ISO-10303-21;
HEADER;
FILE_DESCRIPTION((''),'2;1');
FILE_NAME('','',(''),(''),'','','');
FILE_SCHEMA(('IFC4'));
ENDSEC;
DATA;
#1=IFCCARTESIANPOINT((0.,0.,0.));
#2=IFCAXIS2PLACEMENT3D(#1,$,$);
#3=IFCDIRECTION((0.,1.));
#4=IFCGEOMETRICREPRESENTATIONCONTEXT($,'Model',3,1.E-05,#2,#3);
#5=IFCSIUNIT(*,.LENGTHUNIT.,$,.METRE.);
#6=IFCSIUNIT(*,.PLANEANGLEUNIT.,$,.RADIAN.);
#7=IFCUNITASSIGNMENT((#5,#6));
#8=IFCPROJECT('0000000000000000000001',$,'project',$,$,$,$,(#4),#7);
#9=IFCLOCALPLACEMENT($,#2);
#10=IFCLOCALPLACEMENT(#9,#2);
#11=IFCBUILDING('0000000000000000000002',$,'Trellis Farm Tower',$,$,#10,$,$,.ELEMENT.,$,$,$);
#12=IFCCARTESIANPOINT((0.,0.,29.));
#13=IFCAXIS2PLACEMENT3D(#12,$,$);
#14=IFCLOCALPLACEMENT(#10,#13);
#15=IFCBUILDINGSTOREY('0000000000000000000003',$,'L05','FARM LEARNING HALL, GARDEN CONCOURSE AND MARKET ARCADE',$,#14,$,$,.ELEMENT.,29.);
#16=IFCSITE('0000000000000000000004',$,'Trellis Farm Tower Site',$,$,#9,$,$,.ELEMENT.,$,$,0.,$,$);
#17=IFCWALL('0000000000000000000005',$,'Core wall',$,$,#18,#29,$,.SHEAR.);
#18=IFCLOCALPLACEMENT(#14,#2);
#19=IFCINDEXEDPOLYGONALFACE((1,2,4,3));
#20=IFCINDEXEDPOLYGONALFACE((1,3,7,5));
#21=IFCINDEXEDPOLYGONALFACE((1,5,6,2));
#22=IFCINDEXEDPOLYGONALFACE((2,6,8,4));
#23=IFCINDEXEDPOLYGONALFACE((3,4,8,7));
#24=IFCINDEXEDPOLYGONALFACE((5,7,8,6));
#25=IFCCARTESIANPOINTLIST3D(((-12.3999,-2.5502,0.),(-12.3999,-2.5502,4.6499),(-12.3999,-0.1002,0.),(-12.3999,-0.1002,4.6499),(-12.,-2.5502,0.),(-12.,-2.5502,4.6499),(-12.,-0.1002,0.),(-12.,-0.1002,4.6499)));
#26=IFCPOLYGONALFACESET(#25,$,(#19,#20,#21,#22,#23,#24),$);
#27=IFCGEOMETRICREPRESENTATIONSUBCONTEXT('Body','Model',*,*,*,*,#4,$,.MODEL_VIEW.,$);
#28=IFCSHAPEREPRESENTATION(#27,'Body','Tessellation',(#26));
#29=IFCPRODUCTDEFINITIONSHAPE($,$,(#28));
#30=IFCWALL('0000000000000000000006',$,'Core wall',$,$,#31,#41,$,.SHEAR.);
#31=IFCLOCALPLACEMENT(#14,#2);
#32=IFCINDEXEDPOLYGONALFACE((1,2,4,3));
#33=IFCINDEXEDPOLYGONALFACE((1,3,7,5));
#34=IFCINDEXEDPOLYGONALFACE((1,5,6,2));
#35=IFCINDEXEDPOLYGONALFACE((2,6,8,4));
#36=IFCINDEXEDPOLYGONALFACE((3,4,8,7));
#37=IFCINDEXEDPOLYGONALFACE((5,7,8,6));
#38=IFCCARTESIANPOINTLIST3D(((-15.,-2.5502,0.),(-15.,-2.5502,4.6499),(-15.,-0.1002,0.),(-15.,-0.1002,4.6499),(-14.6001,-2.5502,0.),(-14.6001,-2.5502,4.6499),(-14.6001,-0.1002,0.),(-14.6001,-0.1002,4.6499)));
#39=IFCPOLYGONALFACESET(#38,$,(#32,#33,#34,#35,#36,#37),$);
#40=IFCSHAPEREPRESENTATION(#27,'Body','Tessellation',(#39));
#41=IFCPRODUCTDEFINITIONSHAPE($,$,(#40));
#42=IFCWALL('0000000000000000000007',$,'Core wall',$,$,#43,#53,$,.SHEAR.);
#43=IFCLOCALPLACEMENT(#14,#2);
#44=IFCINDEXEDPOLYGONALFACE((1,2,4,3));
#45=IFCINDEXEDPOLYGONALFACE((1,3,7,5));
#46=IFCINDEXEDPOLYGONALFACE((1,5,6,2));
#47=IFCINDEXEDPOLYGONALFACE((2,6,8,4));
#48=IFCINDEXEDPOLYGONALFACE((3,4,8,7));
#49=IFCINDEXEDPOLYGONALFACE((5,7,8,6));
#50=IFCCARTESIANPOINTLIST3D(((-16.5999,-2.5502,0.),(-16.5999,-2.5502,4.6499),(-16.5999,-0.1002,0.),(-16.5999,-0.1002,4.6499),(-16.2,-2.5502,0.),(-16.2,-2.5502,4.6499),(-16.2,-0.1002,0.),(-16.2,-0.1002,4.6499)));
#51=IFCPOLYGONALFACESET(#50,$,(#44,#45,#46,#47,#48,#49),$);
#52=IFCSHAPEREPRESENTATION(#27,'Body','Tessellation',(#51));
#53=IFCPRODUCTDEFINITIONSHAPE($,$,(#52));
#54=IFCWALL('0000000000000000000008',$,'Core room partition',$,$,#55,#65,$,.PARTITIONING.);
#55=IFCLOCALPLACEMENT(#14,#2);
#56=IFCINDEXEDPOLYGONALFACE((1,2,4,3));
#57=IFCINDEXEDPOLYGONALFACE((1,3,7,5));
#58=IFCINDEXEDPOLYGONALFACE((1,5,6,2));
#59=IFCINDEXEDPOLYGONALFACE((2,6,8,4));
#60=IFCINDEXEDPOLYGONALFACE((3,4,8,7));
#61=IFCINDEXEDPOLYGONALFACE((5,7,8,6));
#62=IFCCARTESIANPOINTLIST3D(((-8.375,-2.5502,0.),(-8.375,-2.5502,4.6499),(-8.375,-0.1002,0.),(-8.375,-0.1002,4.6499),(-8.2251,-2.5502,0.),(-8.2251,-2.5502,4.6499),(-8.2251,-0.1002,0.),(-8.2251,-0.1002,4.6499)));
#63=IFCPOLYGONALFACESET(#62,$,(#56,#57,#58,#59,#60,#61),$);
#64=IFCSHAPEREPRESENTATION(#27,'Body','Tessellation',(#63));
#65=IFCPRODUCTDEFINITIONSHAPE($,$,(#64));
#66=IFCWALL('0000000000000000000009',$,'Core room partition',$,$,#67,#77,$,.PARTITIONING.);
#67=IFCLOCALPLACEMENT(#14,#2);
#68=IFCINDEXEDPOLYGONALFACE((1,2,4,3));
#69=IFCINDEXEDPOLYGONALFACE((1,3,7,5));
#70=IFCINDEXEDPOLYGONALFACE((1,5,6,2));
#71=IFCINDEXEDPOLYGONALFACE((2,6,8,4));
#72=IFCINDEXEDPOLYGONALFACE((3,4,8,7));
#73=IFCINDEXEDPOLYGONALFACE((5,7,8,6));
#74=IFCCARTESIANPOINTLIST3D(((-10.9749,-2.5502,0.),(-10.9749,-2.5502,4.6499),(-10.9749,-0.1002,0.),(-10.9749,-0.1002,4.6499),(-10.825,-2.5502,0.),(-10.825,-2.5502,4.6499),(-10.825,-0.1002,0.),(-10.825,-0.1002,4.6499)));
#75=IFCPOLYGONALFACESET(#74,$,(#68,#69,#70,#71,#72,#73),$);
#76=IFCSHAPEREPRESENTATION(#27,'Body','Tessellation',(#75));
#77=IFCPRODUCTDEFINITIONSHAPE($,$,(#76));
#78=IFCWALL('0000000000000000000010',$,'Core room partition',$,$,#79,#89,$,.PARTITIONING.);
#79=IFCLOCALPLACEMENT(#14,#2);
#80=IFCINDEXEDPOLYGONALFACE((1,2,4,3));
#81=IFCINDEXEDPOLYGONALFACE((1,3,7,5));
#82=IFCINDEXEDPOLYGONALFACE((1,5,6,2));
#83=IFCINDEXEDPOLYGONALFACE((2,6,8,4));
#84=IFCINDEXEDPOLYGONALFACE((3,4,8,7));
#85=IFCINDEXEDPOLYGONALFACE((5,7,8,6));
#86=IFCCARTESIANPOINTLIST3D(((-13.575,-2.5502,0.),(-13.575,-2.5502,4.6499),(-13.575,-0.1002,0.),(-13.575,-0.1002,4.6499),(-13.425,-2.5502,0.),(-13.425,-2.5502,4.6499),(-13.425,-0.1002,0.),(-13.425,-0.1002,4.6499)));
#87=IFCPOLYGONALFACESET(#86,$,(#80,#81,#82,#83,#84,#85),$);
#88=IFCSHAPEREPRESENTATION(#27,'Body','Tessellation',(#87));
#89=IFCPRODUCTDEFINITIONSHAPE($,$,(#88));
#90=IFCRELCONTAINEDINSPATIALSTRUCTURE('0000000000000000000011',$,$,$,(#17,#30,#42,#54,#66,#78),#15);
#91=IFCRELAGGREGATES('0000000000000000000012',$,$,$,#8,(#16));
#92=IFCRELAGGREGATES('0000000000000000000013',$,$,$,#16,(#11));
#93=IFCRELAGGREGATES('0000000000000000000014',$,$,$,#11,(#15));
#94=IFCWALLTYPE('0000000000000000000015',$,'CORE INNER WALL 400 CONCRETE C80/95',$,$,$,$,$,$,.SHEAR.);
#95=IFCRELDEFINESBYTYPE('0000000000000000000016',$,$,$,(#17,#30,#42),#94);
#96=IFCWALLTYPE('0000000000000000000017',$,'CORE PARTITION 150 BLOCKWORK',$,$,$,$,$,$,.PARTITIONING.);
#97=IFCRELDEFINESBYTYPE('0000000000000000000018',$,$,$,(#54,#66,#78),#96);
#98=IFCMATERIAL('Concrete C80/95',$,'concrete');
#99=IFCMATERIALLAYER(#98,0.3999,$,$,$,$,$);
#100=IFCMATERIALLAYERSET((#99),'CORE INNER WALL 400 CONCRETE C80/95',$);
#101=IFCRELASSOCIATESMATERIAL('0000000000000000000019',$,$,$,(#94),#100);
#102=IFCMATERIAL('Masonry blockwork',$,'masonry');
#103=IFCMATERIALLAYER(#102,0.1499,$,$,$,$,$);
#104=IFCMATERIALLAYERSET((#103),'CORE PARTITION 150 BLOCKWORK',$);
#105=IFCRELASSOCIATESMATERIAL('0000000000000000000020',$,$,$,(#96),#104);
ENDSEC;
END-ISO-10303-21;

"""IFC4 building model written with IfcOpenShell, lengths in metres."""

from ifc_helpers import new_model, si_unit, direction, frame, frame_2d, origin, place, context, subcontext, project, spatial, rectangle, extrude, source, transform, mapped, material, layer, layer_set, type_object, element, save


model = new_model("IFC4")

# Units and contexts
model_context = context("Model", 3, precision=1e-05, world=origin(), true_north=direction((0.0, 1.0)))
body_context = subcontext(model_context, "Body", "Model", "MODEL_VIEW")
ifc_project = project(units=[si_unit("LENGTHUNIT", "METRE"), si_unit("PLANEANGLEUNIT", "RADIAN")], contexts=[model_context])

# Site, building, storey
site_placement = place(None, origin())
site = spatial("IfcSite", under=ifc_project, at=site_placement, Name="Trellis Farm Tower Site", CompositionType="ELEMENT", RefElevation=0.0)
building_placement = place(site_placement, origin())
building = spatial("IfcBuilding", under=site, at=building_placement, Name="Trellis Farm Tower", CompositionType="ELEMENT")
storey_placement = place(building_placement, frame((0.0, 0.0, 29.0)))
storey = spatial("IfcBuildingStorey", under=building, at=storey_placement, Name="L05", Description="FARM LEARNING HALL, GARDEN CONCOURSE AND MARKET ARCADE", CompositionType="ELEMENT", Elevation=29.0)

# Walls
ifc_material_1 = material(Name="Concrete C80/95", Category="concrete")
ifc_layer_1 = layer(ifc_material_1, 0.3999)
ifc_layer_set_1 = layer_set([ifc_layer_1], Name="CORE INNER WALL 400 CONCRETE C80/95")
wall_type_1 = type_object("IfcWallType", Name="CORE INNER WALL 400 CONCRETE C80/95", PredefinedType="SHEAR", material=ifc_layer_set_1)
shared_shape_1 = source(origin(), body_context, "Body", "SweptSolid", [
    extrude(rectangle(XDim=2.45, YDim=0.3999, at=frame_2d((1.2251, 0.0))), origin(), (0.0, 0.0, 1.0), 4.6499),
])
for number, where, z_axis, x_axis, name in (
    (1, (-12.2, -0.1001, 0.0), (0.0, 0.0, 1.0), (0.0, -1.0, 0.0), "Core wall"),
    (2, (-14.8, -0.1001, 0.0), (0.0, 0.0, 1.0), (0.0, -1.0, 0.0), "Core wall"),
    (3, (-16.3999, -0.1001, 0.0), (0.0, 0.0, 1.0), (0.0, -1.0, 0.0), "Core wall"),
):
    element("IfcWall", number, at=place(storey_placement, frame(where, z_axis=z_axis, x_axis=x_axis)), inside=storey, type_object=wall_type_1, Name=name, PredefinedType="SHEAR", context=body_context, shape_type="MappedRepresentation", body=[
        mapped(shared_shape_1, transform((0.0, 0.0, 0.0))),
    ])
ifc_material_2 = material(Name="Masonry blockwork", Category="masonry")
ifc_layer_2 = layer(ifc_material_2, 0.1499)
ifc_layer_set_2 = layer_set([ifc_layer_2], Name="CORE PARTITION 150 BLOCKWORK")
wall_type_2 = type_object("IfcWallType", Name="CORE PARTITION 150 BLOCKWORK", PredefinedType="PARTITIONING", material=ifc_layer_set_2)
shared_shape_2 = source(origin(), body_context, "Body", "SweptSolid", [
    extrude(rectangle(XDim=2.45, YDim=0.1499, at=frame_2d((1.2251, 0.0))), origin(), (0.0, 0.0, 1.0), 4.6499),
])
for number, where, z_axis, x_axis, name in (
    (4, (-8.3, -0.1001, 0.0), (0.0, 0.0, 1.0), (0.0, -1.0, 0.0), "Core room partition"),
    (5, (-10.8999, -0.1001, 0.0), (0.0, 0.0, 1.0), (0.0, -1.0, 0.0), "Core room partition"),
    (6, (-13.5, -0.1001, 0.0), (0.0, 0.0, 1.0), (0.0, -1.0, 0.0), "Core room partition"),
):
    element("IfcWall", number, at=place(storey_placement, frame(where, z_axis=z_axis, x_axis=x_axis)), inside=storey, type_object=wall_type_2, Name=name, PredefinedType="PARTITIONING", context=body_context, shape_type="MappedRepresentation", body=[
        mapped(shared_shape_2, transform((0.0, 0.0, 0.0))),
    ])

save(model, "model.ifc")
